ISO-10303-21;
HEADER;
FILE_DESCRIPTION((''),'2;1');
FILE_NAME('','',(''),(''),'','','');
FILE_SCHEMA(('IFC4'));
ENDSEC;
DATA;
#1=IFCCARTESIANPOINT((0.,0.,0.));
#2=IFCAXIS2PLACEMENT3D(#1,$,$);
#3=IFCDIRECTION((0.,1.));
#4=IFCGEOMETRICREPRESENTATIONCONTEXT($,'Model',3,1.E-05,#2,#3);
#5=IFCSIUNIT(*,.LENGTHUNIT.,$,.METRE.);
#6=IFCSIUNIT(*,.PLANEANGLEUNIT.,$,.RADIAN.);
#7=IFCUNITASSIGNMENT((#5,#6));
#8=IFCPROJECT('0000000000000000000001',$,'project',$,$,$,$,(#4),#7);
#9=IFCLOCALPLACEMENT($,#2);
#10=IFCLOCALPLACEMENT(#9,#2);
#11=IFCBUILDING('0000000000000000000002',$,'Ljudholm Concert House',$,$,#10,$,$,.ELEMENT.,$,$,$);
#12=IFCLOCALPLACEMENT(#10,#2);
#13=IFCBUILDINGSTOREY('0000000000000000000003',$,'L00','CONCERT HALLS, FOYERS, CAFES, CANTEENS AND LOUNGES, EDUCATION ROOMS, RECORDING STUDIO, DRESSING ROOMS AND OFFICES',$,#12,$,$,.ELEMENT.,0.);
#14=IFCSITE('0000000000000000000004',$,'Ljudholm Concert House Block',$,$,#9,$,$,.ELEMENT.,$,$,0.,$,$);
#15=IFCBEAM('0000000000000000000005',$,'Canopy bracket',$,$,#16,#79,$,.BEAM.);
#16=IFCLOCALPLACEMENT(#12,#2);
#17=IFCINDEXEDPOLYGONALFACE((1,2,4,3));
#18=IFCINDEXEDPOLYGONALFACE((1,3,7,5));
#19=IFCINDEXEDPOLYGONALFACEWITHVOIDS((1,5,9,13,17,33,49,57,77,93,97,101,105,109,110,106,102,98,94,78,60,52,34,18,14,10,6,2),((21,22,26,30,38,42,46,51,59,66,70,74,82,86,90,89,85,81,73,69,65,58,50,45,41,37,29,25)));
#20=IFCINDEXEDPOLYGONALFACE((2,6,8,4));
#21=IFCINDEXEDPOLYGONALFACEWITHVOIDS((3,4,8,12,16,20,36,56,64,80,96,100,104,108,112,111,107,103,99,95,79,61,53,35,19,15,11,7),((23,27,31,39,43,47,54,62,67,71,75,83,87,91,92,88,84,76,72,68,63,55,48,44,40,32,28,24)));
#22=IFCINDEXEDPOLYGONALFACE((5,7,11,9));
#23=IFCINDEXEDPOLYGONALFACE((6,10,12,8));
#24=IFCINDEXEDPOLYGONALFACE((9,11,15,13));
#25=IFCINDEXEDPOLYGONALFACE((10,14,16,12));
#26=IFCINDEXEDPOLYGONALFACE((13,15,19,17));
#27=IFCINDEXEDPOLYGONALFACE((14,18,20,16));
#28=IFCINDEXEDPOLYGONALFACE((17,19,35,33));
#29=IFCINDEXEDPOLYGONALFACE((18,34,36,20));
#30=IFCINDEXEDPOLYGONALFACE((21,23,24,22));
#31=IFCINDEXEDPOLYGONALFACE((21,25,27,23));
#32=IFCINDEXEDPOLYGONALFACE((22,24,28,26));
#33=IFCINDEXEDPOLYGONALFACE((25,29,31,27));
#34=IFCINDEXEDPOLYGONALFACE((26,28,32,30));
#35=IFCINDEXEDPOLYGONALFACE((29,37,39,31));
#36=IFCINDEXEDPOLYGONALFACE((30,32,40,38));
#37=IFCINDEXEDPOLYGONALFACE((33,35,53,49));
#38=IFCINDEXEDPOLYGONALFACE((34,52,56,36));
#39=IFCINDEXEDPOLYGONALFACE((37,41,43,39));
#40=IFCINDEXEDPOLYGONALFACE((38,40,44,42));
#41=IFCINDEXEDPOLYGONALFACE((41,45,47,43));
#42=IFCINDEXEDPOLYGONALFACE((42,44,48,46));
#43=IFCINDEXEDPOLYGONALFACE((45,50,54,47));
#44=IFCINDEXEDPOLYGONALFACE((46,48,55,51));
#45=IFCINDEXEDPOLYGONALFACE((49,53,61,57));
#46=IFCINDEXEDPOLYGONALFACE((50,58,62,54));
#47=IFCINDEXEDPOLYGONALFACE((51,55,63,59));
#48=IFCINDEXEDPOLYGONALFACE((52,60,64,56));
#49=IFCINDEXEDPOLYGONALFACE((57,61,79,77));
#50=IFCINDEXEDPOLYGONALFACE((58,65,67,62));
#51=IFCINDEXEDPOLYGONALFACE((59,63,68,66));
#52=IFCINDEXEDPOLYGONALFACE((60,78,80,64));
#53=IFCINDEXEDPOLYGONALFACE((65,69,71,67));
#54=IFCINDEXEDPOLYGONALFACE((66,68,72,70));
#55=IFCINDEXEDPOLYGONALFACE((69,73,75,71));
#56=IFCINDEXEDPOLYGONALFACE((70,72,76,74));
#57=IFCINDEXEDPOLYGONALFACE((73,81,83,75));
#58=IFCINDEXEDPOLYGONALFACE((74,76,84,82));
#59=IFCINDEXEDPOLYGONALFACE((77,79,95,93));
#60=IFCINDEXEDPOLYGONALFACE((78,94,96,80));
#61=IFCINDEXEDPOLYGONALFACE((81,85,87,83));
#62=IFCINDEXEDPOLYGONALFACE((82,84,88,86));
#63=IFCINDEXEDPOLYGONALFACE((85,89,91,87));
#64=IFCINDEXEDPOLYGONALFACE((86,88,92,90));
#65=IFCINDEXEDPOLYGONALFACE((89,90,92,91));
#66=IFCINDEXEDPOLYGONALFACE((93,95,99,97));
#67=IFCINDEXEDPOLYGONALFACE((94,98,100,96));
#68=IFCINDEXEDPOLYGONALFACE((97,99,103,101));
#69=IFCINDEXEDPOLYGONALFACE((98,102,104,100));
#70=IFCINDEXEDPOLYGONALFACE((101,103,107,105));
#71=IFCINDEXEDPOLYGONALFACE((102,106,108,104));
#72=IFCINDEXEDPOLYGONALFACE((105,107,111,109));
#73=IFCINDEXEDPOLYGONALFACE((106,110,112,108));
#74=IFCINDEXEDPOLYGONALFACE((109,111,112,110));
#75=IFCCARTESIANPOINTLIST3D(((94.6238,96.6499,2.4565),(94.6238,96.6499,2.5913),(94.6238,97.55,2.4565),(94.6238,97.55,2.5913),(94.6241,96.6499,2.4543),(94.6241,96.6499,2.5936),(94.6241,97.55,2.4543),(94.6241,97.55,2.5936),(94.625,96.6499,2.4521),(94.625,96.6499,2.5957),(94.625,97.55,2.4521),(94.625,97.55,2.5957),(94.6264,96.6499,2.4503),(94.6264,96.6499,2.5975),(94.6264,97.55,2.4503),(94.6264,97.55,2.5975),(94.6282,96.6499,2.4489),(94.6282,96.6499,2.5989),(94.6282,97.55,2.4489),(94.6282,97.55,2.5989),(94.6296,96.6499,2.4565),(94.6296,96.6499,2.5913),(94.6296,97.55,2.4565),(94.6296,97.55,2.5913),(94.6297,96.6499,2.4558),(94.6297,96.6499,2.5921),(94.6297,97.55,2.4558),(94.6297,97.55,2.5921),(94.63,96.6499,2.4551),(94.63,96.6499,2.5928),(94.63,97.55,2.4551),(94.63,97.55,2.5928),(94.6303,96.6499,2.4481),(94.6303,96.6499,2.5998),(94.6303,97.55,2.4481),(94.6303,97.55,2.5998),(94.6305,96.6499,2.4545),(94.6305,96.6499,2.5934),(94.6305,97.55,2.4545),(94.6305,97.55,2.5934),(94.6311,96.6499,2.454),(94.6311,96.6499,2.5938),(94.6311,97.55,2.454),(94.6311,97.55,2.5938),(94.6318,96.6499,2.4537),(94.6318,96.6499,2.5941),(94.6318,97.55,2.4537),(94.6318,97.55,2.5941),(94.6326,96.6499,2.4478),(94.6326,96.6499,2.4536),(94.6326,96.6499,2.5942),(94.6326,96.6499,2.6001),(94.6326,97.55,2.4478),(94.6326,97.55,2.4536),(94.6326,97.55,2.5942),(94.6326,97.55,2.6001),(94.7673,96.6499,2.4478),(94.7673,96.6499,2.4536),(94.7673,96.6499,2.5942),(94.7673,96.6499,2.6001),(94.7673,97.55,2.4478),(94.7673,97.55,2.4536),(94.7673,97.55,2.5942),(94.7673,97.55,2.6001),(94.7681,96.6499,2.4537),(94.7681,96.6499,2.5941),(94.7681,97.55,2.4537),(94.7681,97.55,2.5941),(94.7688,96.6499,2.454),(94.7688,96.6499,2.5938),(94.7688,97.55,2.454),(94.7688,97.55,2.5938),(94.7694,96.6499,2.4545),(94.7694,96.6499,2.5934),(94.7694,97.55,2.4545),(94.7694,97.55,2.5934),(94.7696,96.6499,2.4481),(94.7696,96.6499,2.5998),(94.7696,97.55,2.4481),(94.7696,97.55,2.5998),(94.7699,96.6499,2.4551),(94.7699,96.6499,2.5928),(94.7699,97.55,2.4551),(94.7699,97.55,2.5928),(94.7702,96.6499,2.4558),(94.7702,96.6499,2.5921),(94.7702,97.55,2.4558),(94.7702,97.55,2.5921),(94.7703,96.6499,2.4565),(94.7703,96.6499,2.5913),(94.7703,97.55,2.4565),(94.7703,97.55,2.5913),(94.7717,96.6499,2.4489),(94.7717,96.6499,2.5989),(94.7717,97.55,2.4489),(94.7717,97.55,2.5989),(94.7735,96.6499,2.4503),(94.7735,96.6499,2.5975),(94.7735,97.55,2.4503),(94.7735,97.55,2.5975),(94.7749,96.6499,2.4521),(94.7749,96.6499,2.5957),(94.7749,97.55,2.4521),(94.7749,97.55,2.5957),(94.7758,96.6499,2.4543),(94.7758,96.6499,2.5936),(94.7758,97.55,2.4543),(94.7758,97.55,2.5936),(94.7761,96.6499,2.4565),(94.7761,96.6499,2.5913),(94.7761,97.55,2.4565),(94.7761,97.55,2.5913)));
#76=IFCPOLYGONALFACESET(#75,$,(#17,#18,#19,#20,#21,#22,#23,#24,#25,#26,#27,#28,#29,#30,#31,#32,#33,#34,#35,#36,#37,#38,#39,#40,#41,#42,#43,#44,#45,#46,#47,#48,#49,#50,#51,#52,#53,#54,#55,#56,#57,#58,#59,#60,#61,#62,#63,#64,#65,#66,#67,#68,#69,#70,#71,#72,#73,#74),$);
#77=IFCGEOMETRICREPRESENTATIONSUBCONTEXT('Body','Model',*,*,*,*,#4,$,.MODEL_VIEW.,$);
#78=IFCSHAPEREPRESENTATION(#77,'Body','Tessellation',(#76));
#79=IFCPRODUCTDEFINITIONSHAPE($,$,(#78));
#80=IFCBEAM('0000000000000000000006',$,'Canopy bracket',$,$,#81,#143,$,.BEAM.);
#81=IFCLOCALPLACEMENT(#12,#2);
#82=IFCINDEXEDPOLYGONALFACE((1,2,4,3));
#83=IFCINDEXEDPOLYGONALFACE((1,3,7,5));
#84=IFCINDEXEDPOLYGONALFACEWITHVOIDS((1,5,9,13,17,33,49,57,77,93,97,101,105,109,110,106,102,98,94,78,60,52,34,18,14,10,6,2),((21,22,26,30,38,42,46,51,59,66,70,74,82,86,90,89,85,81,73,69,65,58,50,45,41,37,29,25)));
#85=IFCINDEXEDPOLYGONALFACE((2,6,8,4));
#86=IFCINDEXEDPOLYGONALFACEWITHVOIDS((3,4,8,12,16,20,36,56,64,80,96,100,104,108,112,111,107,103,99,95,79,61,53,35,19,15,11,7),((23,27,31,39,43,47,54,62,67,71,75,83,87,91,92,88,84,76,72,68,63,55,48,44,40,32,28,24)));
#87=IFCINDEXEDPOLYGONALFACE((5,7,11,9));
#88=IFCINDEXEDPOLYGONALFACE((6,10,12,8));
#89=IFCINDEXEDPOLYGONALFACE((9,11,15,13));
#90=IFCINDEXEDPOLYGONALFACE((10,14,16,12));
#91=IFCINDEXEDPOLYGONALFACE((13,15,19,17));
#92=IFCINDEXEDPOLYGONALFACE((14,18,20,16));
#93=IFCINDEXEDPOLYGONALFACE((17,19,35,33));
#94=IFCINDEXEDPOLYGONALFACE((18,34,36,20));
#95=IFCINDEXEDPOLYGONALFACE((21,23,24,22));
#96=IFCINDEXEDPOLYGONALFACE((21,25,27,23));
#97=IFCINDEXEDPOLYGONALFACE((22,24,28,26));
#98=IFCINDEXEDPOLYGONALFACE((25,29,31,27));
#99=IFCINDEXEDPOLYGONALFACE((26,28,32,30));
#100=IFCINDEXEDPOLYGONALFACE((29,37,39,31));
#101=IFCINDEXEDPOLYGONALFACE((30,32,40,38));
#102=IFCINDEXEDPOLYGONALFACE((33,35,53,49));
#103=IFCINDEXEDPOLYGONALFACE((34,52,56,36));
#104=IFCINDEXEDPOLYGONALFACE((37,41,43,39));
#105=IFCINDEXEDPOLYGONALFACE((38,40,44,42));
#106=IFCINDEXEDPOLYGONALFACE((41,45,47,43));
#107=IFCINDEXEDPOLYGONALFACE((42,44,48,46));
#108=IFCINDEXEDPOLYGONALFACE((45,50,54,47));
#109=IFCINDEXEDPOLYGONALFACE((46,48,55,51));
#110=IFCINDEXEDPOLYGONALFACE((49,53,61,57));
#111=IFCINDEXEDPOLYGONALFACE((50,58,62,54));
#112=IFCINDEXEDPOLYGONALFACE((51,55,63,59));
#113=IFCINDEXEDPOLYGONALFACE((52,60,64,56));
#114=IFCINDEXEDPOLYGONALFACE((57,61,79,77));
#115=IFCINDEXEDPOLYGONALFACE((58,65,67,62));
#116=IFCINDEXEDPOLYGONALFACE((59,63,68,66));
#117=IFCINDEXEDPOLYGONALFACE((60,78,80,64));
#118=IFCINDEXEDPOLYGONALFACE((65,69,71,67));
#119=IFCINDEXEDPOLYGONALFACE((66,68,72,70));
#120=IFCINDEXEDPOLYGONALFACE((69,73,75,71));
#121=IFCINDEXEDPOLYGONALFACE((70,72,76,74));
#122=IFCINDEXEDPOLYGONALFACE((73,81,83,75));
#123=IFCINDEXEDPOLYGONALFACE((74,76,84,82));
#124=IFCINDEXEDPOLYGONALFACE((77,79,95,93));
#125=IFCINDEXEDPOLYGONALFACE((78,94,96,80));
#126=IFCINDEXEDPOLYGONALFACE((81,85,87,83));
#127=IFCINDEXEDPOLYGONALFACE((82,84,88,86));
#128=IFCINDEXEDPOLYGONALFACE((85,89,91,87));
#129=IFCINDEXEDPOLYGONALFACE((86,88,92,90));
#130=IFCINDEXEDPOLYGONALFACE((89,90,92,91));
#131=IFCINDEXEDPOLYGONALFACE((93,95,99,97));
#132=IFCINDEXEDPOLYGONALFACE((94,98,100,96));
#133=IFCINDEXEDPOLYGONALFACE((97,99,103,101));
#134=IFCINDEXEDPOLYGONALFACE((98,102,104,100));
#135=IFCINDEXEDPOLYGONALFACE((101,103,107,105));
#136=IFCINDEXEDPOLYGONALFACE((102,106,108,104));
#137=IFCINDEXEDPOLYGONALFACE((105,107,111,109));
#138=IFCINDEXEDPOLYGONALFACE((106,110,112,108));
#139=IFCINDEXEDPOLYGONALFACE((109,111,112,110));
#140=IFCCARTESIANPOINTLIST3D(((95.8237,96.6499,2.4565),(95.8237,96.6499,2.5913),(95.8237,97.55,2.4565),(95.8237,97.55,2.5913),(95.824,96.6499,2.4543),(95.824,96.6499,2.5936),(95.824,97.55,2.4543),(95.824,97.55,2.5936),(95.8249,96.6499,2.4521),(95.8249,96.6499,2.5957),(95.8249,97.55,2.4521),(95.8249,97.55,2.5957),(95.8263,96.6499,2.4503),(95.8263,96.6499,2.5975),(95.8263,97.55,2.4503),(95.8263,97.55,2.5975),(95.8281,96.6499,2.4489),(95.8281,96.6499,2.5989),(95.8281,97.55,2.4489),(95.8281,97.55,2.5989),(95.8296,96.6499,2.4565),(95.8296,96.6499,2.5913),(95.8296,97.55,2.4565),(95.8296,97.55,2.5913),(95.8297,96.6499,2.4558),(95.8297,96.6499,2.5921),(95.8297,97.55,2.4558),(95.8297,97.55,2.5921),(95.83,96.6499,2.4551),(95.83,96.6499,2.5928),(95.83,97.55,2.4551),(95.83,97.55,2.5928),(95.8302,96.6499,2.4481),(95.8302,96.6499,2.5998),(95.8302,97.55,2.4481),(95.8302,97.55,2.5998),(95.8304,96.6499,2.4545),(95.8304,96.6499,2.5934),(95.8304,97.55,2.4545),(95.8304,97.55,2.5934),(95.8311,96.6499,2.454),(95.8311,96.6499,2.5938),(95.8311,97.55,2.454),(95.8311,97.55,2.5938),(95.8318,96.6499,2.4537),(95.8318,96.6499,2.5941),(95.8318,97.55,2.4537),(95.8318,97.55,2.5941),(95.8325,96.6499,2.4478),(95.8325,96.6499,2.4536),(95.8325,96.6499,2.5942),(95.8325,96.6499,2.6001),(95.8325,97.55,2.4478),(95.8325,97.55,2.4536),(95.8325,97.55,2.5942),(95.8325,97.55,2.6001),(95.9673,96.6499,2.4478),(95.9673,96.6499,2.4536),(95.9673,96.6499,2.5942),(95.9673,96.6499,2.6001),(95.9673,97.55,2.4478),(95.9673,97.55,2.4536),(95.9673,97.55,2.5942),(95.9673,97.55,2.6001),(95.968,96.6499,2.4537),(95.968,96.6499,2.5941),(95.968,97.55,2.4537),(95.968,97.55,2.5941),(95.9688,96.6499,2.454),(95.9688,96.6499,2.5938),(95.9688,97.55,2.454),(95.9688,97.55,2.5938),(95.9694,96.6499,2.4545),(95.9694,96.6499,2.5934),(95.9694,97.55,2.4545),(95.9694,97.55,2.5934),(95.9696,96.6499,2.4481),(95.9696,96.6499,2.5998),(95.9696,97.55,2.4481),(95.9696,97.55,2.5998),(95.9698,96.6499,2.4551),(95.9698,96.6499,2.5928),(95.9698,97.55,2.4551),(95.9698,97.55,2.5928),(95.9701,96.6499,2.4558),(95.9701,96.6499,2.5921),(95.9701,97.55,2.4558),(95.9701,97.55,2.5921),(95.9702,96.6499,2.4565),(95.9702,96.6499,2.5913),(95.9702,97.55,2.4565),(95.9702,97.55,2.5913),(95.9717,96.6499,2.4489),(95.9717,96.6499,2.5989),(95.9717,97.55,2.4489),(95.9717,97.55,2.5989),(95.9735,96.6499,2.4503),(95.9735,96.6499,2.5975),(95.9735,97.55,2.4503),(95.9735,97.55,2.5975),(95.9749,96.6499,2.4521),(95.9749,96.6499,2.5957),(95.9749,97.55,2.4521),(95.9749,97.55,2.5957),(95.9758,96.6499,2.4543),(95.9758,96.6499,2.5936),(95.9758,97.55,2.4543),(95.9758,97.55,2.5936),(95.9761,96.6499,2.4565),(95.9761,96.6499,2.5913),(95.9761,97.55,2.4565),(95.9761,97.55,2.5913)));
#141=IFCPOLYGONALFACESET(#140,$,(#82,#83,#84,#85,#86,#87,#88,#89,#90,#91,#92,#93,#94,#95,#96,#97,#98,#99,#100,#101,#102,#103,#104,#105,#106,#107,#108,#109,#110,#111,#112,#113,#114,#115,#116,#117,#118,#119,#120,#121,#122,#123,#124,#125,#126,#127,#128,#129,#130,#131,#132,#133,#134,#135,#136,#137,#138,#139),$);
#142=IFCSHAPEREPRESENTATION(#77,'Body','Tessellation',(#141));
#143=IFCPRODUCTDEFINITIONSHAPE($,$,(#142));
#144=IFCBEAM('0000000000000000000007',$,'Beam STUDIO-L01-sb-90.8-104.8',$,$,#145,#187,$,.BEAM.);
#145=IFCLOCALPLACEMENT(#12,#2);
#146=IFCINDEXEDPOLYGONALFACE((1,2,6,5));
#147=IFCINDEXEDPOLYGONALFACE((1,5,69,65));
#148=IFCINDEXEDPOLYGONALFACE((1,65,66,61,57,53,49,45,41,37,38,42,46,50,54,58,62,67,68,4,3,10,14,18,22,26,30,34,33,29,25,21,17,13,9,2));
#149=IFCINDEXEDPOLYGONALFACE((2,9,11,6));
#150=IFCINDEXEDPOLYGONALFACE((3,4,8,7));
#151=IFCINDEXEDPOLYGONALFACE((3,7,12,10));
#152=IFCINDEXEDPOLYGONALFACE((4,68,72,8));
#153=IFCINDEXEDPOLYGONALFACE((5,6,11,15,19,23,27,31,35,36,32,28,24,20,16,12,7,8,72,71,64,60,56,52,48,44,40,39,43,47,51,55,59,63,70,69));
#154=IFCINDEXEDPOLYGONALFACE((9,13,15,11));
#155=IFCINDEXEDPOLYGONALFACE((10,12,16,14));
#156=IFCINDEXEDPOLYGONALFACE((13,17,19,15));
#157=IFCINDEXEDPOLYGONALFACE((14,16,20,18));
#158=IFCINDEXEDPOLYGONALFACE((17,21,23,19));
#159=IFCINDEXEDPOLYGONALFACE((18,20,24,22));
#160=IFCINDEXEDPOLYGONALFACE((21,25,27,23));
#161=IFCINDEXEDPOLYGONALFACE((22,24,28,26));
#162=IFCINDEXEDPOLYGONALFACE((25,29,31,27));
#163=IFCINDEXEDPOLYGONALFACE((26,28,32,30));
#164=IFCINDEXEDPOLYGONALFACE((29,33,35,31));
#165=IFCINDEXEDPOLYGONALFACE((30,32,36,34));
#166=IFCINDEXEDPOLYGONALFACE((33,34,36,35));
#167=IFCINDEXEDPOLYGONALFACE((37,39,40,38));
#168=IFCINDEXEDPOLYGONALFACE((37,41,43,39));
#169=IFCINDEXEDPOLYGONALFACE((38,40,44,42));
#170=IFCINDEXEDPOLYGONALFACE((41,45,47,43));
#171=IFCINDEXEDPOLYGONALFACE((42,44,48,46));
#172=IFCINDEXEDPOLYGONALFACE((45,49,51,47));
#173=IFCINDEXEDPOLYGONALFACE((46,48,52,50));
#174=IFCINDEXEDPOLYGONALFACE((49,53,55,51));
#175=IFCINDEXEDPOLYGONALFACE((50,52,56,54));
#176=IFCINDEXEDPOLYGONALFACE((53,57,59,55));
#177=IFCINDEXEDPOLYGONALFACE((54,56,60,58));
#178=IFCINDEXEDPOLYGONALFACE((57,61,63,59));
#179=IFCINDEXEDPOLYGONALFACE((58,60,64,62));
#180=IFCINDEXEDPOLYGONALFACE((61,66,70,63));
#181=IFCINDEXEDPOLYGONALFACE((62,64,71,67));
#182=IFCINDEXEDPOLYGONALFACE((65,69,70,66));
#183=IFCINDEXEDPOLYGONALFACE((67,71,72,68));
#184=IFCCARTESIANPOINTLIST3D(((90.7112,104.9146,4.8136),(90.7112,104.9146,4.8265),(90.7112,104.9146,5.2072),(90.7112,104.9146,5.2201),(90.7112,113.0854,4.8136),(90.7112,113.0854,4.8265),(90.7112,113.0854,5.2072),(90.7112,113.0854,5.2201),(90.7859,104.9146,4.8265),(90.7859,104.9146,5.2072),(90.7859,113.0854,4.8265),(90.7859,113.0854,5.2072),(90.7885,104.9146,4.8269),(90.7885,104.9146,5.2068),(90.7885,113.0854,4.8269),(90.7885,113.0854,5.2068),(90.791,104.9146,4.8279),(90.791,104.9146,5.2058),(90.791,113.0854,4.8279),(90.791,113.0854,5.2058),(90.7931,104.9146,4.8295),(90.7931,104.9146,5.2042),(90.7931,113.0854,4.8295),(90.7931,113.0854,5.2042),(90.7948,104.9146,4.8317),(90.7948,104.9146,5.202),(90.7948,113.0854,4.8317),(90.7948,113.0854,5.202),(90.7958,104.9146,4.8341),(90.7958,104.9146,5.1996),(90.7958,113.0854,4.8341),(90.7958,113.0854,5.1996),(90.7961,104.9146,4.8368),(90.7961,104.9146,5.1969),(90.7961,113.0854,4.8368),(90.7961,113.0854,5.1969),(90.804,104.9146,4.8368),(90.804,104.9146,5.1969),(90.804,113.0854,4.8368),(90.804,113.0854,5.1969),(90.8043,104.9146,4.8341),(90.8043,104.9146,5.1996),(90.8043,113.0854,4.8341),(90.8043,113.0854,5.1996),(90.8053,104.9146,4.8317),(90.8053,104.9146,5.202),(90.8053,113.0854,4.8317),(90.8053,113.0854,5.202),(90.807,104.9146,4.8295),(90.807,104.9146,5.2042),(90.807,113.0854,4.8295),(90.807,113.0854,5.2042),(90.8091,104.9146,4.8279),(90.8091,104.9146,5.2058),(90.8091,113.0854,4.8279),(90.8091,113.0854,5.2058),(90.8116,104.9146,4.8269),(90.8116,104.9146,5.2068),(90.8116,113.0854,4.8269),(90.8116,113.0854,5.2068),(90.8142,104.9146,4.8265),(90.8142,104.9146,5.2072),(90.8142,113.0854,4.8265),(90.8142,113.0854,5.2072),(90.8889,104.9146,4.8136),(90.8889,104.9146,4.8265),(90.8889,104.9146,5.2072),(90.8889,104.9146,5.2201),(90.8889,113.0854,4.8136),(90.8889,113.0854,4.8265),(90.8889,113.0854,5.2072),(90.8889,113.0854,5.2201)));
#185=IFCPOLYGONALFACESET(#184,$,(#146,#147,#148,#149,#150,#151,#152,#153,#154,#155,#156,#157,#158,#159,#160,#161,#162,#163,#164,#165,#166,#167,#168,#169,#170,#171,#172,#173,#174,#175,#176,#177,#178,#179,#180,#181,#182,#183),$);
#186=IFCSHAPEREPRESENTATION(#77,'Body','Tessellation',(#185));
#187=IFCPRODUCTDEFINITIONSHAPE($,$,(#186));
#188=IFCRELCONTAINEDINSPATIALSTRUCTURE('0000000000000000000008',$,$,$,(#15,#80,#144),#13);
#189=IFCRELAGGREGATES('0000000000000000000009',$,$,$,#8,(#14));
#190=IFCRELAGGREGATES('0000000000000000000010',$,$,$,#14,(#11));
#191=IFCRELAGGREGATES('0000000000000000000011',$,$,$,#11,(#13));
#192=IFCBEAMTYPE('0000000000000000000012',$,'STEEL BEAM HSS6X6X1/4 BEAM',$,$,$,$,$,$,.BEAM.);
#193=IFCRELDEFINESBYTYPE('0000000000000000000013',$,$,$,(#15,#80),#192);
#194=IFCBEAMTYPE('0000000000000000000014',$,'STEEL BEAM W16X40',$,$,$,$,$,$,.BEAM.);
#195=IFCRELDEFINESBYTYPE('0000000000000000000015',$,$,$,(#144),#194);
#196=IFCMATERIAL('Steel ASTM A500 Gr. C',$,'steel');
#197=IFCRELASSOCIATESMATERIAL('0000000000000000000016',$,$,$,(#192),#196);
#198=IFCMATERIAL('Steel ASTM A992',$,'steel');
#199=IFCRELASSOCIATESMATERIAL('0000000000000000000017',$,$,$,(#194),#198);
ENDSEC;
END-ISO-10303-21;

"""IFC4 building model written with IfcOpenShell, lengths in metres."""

from ifc_helpers import new_model, si_unit, direction, frame, origin, origin_2d, place, context, subcontext, project, spatial, hollow_rectangle, i_section, extrude, material, material_profile, profile_set, type_object, element, save


model = new_model("IFC4")

# Units and contexts
model_context = context("Model", 3, precision=1e-05, world=origin(), true_north=direction((0.0, 1.0)))
body_context = subcontext(model_context, "Body", "Model", "MODEL_VIEW")
ifc_project = project(units=[si_unit("LENGTHUNIT", "METRE"), si_unit("PLANEANGLEUNIT", "RADIAN")], contexts=[model_context])

# Site, building, storey
site_placement = place(None, origin())
site = spatial("IfcSite", under=ifc_project, at=site_placement, Name="Ljudholm Concert House Block", CompositionType="ELEMENT", RefElevation=0.0)
building_placement = place(site_placement, origin())
building = spatial("IfcBuilding", under=site, at=building_placement, Name="Ljudholm Concert House", CompositionType="ELEMENT")
storey_placement = place(building_placement, origin())
storey = spatial("IfcBuildingStorey", under=building, at=storey_placement, Name="L00", Description="CONCERT HALLS, FOYERS, CAFES, CANTEENS AND LOUNGES, EDUCATION ROOMS, RECORDING STUDIO, DRESSING ROOMS AND OFFICES", CompositionType="ELEMENT", Elevation=0.0)

# Beams
ifc_material_1 = material(Name="Steel ASTM A500 Gr. C", Category="steel")
ifc_material_profile_1 = material_profile(ifc_material_1, hollow_rectangle(XDim=0.1523, YDim=0.1523, WallThickness=0.0059, InnerFilletRadius=0.0029, OuterFilletRadius=0.0088, at=origin_2d()), Name="HSS6X6X1/4")
ifc_profile_set_1 = profile_set([ifc_material_profile_1], Name="Steel ASTM A500 Gr. C")
beam_type_1 = type_object("IfcBeamType", Name="STEEL BEAM HSS6X6X1/4 BEAM", PredefinedType="BEAM", material=ifc_profile_set_1)
for number, where, z_axis, x_axis, name in (
    (1, (94.7, 96.6499, 2.5239), (0.0, 1.0, 0.0), (-1.0, 0.0, 0.0), "Canopy bracket"),
    (2, (95.8999, 96.6499, 2.5239), (0.0, 1.0, 0.0), (-1.0, 0.0, 0.0), "Canopy bracket"),
):
    element("IfcBeam", number, at=place(storey_placement, frame(where, z_axis=z_axis, x_axis=x_axis)), inside=storey, type_object=beam_type_1, Name=name, PredefinedType="BEAM", context=body_context, shape_type="SweptSolid", body=[
        extrude(hollow_rectangle(XDim=0.1523, YDim=0.1523, WallThickness=0.0059, InnerFilletRadius=0.0029, OuterFilletRadius=0.0088, at=origin_2d()), origin(), (0.0, 0.0, 1.0), 0.9001),
    ])
ifc_material_2 = material(Name="Steel ASTM A992", Category="steel")
ifc_material_profile_2 = material_profile(ifc_material_2, i_section(OverallWidth=0.1777, OverallDepth=0.4065, WebThickness=0.0078, FlangeThickness=0.0129, FilletRadius=0.0103, at=origin_2d()), Name="W16X40")
ifc_profile_set_2 = profile_set([ifc_material_profile_2], Name="Steel ASTM A992")
beam_type_2 = type_object("IfcBeamType", Name="STEEL BEAM W16X40", PredefinedType="BEAM", material=ifc_profile_set_2)
for number, where, z_axis, x_axis, name in (
    (3, (90.8, 104.9146, 5.0168), (0.0, 1.0, 0.0), (-1.0, 0.0, 0.0), "Beam STUDIO-L01-sb-90.8-104.8"),
):
    element("IfcBeam", number, at=place(storey_placement, frame(where, z_axis=z_axis, x_axis=x_axis)), inside=storey, type_object=beam_type_2, Name=name, PredefinedType="BEAM", context=body_context, shape_type="SweptSolid", body=[
        extrude(i_section(OverallWidth=0.1777, OverallDepth=0.4065, WebThickness=0.0078, FlangeThickness=0.0129, FilletRadius=0.0103, at=origin_2d()), origin(), (0.0, 0.0, 1.0), 8.1709),
    ])

save(model, "model.ifc")
